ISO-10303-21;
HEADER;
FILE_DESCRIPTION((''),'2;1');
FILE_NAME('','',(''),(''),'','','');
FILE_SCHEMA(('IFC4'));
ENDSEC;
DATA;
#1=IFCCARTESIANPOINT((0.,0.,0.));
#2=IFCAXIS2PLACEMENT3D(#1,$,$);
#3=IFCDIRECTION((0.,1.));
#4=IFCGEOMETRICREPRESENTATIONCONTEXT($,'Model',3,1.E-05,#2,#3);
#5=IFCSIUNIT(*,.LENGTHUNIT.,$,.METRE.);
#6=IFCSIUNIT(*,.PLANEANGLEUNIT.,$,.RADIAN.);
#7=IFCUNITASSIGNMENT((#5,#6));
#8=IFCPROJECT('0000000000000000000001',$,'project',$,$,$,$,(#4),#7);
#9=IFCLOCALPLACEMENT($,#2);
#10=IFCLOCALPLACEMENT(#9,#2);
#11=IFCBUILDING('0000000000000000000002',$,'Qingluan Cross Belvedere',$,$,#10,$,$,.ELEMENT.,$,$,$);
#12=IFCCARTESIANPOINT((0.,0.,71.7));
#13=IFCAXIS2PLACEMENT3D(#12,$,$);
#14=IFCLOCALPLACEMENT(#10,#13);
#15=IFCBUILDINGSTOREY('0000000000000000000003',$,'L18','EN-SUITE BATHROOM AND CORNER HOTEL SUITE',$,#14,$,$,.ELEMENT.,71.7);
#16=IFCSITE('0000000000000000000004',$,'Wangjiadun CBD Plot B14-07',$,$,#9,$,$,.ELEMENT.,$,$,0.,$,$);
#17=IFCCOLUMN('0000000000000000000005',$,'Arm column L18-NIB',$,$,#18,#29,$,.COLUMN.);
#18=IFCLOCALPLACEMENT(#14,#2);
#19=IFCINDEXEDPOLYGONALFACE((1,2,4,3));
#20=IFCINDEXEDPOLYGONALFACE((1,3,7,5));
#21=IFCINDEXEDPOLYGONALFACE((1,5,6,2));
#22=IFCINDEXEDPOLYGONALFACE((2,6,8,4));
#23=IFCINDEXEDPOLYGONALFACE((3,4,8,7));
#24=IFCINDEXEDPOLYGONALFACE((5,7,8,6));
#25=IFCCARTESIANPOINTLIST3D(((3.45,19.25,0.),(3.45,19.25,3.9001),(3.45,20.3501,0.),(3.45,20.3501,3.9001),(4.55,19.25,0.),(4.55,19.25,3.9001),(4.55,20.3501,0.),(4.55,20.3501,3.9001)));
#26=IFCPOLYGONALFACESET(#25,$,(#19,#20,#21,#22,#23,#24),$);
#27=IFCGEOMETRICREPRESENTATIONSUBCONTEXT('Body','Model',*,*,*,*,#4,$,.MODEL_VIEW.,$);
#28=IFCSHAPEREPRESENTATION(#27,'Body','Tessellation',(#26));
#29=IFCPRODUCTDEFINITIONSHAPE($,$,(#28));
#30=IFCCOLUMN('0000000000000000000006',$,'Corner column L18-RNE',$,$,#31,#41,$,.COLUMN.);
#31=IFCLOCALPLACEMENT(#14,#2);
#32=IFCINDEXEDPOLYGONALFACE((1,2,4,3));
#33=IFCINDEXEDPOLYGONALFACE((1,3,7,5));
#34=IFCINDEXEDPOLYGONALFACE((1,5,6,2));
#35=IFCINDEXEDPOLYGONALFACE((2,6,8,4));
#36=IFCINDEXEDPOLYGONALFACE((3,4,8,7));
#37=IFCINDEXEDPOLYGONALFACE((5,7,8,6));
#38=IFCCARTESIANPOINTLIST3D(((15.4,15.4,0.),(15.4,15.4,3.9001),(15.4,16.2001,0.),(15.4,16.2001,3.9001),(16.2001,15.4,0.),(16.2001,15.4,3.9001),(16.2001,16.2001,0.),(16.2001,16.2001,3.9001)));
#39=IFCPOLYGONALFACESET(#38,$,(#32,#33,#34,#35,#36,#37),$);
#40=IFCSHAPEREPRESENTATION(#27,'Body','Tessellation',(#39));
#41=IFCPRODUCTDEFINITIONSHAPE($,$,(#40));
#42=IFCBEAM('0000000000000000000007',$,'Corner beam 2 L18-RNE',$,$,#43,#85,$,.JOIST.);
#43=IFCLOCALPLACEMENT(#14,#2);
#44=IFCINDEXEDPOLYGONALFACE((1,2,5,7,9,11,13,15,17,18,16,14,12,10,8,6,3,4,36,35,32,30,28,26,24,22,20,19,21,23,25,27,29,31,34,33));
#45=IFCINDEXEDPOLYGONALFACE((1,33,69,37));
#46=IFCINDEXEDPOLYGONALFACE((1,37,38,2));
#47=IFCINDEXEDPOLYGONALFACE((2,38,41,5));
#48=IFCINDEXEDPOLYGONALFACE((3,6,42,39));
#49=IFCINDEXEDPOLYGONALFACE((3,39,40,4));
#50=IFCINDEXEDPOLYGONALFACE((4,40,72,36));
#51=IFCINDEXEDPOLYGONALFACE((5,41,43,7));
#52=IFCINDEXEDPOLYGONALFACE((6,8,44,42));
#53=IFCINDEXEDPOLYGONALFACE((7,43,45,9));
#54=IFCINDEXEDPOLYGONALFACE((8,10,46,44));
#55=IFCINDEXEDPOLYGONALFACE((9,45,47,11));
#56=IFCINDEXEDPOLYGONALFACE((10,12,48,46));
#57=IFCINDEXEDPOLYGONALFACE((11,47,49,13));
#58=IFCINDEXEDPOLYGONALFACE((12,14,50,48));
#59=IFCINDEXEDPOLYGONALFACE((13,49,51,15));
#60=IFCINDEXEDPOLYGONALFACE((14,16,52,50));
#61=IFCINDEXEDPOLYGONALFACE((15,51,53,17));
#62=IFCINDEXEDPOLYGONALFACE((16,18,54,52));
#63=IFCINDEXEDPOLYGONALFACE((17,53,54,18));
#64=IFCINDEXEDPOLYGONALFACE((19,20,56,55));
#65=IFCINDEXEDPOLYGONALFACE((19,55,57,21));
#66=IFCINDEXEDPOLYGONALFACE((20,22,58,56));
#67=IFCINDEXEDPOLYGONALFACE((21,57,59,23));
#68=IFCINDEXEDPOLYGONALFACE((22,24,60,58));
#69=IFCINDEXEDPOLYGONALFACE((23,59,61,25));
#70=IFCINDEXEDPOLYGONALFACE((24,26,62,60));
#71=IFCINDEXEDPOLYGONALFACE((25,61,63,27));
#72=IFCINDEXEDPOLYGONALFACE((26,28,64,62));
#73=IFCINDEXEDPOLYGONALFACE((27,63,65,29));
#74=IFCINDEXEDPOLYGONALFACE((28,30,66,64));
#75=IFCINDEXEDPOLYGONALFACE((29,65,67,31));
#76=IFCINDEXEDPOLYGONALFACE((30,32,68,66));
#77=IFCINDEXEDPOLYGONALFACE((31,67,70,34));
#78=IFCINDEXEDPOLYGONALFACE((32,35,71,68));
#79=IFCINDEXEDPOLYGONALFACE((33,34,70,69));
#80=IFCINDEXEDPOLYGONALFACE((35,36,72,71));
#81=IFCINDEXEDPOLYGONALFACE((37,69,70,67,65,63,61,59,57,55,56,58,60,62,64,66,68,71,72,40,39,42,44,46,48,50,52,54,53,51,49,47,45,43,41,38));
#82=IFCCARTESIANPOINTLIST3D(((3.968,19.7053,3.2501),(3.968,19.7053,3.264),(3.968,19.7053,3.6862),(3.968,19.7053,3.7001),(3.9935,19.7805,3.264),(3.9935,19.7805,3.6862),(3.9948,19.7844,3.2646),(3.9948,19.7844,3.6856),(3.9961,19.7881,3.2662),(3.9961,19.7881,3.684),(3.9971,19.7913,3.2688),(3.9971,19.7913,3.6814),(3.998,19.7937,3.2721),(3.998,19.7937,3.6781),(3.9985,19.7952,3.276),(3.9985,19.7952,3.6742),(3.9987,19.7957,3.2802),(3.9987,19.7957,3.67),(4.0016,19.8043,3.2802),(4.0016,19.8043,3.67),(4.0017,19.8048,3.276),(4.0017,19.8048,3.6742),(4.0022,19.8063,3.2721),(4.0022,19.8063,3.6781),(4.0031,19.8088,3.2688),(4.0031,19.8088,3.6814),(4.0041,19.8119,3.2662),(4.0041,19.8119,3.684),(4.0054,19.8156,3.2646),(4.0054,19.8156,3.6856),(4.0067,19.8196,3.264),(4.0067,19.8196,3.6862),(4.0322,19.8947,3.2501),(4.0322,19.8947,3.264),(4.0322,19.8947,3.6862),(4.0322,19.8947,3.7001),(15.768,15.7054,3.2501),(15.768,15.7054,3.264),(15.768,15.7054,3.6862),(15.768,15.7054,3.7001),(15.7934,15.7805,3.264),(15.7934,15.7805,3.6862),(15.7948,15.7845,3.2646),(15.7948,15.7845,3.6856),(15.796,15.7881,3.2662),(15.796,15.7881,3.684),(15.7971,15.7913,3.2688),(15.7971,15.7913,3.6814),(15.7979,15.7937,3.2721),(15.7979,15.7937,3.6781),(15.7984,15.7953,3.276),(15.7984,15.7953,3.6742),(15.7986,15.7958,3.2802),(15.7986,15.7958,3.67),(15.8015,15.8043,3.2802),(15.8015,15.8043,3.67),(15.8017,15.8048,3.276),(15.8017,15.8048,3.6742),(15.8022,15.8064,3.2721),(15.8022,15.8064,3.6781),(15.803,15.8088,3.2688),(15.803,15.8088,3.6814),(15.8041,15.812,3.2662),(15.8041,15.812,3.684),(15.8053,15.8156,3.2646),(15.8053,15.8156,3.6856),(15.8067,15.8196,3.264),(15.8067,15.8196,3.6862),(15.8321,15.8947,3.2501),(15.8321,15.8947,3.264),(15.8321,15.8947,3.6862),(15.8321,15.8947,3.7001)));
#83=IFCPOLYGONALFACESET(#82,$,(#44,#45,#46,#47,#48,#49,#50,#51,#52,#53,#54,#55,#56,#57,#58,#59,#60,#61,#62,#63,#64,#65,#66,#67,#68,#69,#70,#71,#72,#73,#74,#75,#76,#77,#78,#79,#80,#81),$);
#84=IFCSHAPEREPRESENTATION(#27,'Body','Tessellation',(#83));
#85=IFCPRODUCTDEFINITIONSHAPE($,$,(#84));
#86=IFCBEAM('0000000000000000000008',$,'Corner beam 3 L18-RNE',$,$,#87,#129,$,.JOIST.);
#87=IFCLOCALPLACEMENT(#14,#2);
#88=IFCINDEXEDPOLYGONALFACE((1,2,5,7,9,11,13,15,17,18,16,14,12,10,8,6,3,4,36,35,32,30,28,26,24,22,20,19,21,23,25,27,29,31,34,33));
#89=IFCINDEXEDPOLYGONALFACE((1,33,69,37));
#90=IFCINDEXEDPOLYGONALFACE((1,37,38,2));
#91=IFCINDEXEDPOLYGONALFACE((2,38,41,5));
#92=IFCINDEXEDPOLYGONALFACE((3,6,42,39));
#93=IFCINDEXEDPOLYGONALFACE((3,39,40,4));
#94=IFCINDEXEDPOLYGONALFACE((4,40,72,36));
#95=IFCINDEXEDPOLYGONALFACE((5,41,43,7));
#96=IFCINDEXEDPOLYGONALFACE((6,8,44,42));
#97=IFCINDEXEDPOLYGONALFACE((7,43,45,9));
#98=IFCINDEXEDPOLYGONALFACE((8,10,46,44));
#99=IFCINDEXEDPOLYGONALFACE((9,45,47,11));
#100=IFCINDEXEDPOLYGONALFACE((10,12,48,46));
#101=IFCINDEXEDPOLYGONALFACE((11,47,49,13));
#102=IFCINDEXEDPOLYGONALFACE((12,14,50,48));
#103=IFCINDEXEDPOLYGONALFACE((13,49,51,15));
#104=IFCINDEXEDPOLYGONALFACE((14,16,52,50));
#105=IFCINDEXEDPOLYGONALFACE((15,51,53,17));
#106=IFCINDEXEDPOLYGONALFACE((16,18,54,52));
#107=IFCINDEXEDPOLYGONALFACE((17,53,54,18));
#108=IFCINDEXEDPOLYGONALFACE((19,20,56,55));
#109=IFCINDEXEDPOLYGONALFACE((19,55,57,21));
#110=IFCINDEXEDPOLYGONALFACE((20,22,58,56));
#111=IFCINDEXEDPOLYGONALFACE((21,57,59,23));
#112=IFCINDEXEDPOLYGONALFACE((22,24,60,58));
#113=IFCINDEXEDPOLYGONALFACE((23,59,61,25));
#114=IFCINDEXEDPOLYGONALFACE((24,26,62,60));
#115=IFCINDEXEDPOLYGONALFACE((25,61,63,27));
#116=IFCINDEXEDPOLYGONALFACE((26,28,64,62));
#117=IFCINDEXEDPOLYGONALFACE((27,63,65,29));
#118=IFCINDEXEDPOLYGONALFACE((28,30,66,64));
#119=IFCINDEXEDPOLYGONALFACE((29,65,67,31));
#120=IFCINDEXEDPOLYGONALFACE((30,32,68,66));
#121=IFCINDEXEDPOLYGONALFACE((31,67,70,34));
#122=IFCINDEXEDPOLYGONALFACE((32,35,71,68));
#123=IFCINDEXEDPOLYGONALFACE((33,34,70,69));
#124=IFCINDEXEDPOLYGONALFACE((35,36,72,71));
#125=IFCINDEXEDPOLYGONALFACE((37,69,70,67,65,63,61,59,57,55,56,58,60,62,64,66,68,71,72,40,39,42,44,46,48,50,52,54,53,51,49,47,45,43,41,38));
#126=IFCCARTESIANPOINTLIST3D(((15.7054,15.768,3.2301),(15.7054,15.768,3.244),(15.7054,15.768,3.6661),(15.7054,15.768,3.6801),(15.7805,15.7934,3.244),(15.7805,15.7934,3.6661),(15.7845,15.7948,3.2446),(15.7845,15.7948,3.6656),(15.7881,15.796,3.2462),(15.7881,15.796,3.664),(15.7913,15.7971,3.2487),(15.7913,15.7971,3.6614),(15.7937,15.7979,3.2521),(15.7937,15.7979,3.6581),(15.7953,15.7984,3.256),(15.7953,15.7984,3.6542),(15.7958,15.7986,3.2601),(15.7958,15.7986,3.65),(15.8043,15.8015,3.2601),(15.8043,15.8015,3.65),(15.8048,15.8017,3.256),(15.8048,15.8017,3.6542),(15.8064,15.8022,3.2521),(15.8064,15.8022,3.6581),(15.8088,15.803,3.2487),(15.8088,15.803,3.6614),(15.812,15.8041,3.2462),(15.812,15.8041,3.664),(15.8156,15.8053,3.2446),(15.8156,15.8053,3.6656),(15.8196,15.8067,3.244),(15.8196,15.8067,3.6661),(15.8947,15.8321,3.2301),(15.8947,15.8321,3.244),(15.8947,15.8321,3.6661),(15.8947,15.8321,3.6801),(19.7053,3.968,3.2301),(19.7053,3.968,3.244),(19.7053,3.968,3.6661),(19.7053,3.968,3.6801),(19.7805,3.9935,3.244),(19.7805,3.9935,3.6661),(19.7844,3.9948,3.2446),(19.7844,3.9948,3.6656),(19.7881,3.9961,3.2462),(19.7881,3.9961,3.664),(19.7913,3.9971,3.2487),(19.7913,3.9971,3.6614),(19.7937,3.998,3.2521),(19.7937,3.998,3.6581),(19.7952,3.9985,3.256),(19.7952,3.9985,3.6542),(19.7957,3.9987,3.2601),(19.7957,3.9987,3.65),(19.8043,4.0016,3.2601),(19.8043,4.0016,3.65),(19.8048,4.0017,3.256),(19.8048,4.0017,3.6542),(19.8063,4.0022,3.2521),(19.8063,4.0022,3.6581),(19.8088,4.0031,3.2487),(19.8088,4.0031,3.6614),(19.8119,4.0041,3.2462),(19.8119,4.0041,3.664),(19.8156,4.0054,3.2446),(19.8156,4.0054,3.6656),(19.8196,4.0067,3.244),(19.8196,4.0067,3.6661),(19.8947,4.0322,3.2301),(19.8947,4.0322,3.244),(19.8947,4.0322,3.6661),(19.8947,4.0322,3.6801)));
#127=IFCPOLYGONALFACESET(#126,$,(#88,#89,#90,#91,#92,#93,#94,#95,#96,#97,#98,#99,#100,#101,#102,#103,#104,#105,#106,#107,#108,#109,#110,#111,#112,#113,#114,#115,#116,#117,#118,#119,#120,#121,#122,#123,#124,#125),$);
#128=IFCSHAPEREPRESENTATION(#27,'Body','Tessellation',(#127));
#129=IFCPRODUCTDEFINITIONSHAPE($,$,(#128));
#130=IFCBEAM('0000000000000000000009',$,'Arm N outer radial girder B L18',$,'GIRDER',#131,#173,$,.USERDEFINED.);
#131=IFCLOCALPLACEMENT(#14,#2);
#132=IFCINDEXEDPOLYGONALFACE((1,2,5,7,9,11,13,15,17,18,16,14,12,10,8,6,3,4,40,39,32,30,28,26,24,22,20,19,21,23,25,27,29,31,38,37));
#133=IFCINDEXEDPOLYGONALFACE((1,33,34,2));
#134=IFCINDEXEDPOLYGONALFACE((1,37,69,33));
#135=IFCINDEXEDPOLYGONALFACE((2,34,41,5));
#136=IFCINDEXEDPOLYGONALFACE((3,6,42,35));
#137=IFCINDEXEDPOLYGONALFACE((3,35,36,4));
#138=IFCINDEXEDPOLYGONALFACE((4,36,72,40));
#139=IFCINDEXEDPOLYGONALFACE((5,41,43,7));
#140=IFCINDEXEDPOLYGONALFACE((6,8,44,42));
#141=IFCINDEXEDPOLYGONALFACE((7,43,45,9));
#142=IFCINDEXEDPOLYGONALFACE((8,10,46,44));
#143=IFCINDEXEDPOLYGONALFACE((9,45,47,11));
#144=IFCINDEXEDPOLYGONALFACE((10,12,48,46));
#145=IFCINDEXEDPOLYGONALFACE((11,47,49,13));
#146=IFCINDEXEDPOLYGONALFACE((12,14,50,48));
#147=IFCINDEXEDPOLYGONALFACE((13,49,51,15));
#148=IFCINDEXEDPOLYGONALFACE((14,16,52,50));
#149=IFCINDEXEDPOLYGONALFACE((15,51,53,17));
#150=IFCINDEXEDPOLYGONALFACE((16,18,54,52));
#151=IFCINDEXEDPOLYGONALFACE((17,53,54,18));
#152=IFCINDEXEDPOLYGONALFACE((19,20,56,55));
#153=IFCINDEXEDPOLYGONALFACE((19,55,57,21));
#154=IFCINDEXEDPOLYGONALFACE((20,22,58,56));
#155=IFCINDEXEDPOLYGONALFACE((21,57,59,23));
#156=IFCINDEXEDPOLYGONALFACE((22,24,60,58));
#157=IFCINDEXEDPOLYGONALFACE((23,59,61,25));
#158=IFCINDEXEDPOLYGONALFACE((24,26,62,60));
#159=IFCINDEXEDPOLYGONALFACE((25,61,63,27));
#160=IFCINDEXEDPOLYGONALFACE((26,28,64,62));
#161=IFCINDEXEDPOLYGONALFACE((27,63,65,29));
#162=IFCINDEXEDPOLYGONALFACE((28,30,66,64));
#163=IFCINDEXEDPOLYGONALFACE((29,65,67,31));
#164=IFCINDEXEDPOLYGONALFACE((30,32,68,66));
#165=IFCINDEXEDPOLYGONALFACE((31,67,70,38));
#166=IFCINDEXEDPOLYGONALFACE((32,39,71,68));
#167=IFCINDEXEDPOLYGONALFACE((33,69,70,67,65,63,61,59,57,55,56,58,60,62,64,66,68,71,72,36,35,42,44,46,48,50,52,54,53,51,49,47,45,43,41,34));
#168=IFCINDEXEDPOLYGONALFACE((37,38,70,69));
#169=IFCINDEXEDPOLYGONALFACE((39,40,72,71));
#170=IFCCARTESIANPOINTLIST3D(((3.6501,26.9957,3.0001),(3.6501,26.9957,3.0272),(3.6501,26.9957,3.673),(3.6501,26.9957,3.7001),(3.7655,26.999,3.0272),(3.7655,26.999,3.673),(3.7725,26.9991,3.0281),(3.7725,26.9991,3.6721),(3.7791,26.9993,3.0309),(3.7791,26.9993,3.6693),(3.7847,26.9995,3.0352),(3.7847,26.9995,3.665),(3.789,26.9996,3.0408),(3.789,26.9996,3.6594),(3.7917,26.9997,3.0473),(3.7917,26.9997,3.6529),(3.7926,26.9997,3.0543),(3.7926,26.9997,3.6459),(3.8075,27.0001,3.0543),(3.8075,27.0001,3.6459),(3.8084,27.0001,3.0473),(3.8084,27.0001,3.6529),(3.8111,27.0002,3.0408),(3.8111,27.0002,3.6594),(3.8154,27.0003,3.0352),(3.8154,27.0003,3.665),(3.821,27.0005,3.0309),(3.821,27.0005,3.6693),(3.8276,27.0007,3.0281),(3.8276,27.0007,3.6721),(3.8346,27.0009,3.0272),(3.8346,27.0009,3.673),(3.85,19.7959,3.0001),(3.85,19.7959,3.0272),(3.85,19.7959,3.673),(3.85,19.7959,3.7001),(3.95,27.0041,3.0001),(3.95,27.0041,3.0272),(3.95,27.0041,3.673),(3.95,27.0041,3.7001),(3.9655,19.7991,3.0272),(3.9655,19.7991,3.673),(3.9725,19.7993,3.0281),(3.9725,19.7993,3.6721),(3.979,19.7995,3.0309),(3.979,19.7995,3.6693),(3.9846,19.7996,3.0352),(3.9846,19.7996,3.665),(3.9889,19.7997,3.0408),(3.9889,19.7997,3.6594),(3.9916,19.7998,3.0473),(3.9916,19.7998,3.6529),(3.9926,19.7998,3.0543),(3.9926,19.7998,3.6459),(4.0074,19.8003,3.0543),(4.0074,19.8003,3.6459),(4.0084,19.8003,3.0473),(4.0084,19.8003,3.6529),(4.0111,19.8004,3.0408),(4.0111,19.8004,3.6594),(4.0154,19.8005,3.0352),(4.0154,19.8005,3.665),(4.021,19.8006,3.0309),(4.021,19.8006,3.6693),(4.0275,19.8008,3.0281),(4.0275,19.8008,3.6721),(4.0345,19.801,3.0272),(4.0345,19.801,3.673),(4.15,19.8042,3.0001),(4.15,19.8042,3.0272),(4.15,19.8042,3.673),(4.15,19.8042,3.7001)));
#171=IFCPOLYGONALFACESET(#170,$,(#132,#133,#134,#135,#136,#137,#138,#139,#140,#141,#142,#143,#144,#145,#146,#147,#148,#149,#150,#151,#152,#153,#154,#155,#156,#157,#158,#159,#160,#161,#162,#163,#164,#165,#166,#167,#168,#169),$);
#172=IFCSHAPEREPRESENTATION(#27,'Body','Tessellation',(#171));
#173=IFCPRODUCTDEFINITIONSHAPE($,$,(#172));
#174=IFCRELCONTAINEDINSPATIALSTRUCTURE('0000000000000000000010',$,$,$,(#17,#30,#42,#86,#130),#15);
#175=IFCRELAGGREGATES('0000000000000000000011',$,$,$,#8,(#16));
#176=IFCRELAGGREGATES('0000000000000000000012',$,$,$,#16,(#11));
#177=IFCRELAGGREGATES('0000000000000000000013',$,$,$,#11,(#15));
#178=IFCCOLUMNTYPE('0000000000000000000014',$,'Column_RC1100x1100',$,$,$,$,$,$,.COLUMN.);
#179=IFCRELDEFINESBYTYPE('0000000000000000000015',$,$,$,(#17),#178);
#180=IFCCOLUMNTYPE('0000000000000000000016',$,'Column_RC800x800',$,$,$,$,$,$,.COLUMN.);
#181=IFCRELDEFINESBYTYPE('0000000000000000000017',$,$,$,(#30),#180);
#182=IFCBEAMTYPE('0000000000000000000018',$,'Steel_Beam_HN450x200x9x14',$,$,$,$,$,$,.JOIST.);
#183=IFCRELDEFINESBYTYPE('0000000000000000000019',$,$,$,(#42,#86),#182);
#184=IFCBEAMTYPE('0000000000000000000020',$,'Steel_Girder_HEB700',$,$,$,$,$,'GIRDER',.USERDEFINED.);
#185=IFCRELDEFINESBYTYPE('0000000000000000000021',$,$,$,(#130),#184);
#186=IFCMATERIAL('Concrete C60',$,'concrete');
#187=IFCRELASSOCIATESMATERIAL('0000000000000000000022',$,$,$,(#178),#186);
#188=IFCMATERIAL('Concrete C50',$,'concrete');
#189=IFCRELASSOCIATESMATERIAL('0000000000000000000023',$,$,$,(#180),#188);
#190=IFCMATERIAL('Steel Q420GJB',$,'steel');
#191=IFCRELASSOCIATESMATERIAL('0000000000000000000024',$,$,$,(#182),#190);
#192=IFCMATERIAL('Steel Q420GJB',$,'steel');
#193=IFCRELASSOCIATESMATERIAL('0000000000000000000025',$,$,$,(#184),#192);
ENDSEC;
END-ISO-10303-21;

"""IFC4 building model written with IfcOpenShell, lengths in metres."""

from ifc_helpers import new_model, si_unit, direction, frame, origin, origin_2d, place, context, subcontext, project, spatial, rectangle, i_section, extrude, material, material_profile, profile_set, type_object, element, save


model = new_model("IFC4")

# Units and contexts
model_context = context("Model", 3, precision=1e-05, world=origin(), true_north=direction((0.0, 1.0)))
body_context = subcontext(model_context, "Body", "Model", "MODEL_VIEW")
ifc_project = project(units=[si_unit("LENGTHUNIT", "METRE"), si_unit("PLANEANGLEUNIT", "RADIAN")], contexts=[model_context])

# Site, building, storey
site_placement = place(None, origin())
site = spatial("IfcSite", under=ifc_project, at=site_placement, Name="Wangjiadun CBD Plot B14-07", CompositionType="ELEMENT", RefElevation=0.0)
building_placement = place(site_placement, origin())
building = spatial("IfcBuilding", under=site, at=building_placement, Name="Qingluan Cross Belvedere", CompositionType="ELEMENT")
storey_placement = place(building_placement, frame((0.0, 0.0, 71.7)))
storey = spatial("IfcBuildingStorey", under=building, at=storey_placement, Name="L18", Description="EN-SUITE BATHROOM AND CORNER HOTEL SUITE", CompositionType="ELEMENT", Elevation=71.7)

# Columns
ifc_material_1 = material(Name="Concrete C60", Category="concrete")
ifc_material_profile_1 = material_profile(ifc_material_1, rectangle(XDim=1.1001, YDim=1.1001, at=origin_2d()), Name="RC1100x1100")
ifc_profile_set_1 = profile_set([ifc_material_profile_1], Name="Concrete C60")
column_type_1 = type_object("IfcColumnType", Name="Column_RC1100x1100", PredefinedType="COLUMN", material=ifc_profile_set_1)
column_1_placement = place(storey_placement, frame((4.0, 19.8, 0.0), z_axis=(0.0, 0.0, 1.0), x_axis=(1.0, 0.0, 0.0)))
element("IfcColumn", 1, at=column_1_placement, inside=storey, type_object=column_type_1, Name="Arm column L18-NIB", PredefinedType="COLUMN", context=body_context, shape_type="SweptSolid", body=[
    extrude(rectangle(XDim=1.1001, YDim=1.1001, at=origin_2d()), origin(), (0.0, 0.0, 1.0), 3.9001),
])
ifc_material_2 = material(Name="Concrete C50", Category="concrete")
ifc_material_profile_2 = material_profile(ifc_material_2, rectangle(XDim=0.8, YDim=0.8, at=origin_2d()), Name="RC800x800")
ifc_profile_set_2 = profile_set([ifc_material_profile_2], Name="Concrete C50")
column_type_2 = type_object("IfcColumnType", Name="Column_RC800x800", PredefinedType="COLUMN", material=ifc_profile_set_2)
column_2_placement = place(storey_placement, frame((15.8, 15.8, 0.0), z_axis=(0.0, 0.0, 1.0), x_axis=(1.0, 0.0, 0.0)))
element("IfcColumn", 2, at=column_2_placement, inside=storey, type_object=column_type_2, Name="Corner column L18-RNE", PredefinedType="COLUMN", context=body_context, shape_type="SweptSolid", body=[
    extrude(rectangle(XDim=0.8, YDim=0.8, at=origin_2d()), origin(), (0.0, 0.0, 1.0), 3.9001),
])

# Beams
ifc_material_3 = material(Name="Steel Q420GJB", Category="steel")
ifc_material_profile_3 = material_profile(ifc_material_3, i_section(OverallWidth=0.2, OverallDepth=0.45, WebThickness=0.009, FlangeThickness=0.0139, FilletRadius=0.0161, at=origin_2d()), Name="HN450x200x9x14")
ifc_profile_set_3 = profile_set([ifc_material_profile_3], Name="Steel Q420GJB")
beam_type_1 = type_object("IfcBeamType", Name="Steel_Beam_HN450x200x9x14", PredefinedType="JOIST", material=ifc_profile_set_3)
for number, where, z_axis, x_axis, name in (
    (3, (15.8, 15.8, 3.4751), (-0.947066, 0.321038, 0.0), (-0.321038, -0.947066, 0.0), "Corner beam 2 L18-RNE"),
    (4, (15.8, 15.8, 3.4551), (0.321038, -0.947066, 0.0), (0.947066, 0.321038, 0.0), "Corner beam 3 L18-RNE"),
):
    element("IfcBeam", number, at=place(storey_placement, frame(where, z_axis=z_axis, x_axis=x_axis)), inside=storey, type_object=beam_type_1, Name=name, PredefinedType="JOIST", context=body_context, shape_type="SweptSolid", body=[
        extrude(i_section(OverallWidth=0.2, OverallDepth=0.45, WebThickness=0.009, FlangeThickness=0.0139, FilletRadius=0.0161, at=origin_2d()), origin(), (0.0, 0.0, 1.0), 12.4595),
    ])
ifc_material_4 = material(Name="Steel Q420GJB", Category="steel")
ifc_material_profile_4 = material_profile(ifc_material_4, i_section(OverallWidth=0.3, OverallDepth=0.7, WebThickness=0.0149, FlangeThickness=0.0271, FilletRadius=0.0271, at=origin_2d()), Name="HEB700")
ifc_profile_set_4 = profile_set([ifc_material_profile_4], Name="Steel Q420GJB")
beam_type_2 = type_object("IfcBeamType", Name="Steel_Girder_HEB700", ElementType="GIRDER", PredefinedType="USERDEFINED", material=ifc_profile_set_4)
beam_placement = place(storey_placement, frame((4.0, 19.8, 3.3501), z_axis=(-0.02776, 0.999615, 0.0), x_axis=(-0.999615, -0.02776, 0.0)))
element("IfcBeam", 5, at=beam_placement, inside=storey, type_object=beam_type_2, Name="Arm N outer radial girder B L18", ObjectType="GIRDER", PredefinedType="USERDEFINED", context=body_context, shape_type="SweptSolid", body=[
    extrude(i_section(OverallWidth=0.3, OverallDepth=0.7, WebThickness=0.0149, FlangeThickness=0.0271, FilletRadius=0.0271, at=origin_2d()), origin(), (0.0, 0.0, 1.0), 7.2026),
])

save(model, "model.ifc")
